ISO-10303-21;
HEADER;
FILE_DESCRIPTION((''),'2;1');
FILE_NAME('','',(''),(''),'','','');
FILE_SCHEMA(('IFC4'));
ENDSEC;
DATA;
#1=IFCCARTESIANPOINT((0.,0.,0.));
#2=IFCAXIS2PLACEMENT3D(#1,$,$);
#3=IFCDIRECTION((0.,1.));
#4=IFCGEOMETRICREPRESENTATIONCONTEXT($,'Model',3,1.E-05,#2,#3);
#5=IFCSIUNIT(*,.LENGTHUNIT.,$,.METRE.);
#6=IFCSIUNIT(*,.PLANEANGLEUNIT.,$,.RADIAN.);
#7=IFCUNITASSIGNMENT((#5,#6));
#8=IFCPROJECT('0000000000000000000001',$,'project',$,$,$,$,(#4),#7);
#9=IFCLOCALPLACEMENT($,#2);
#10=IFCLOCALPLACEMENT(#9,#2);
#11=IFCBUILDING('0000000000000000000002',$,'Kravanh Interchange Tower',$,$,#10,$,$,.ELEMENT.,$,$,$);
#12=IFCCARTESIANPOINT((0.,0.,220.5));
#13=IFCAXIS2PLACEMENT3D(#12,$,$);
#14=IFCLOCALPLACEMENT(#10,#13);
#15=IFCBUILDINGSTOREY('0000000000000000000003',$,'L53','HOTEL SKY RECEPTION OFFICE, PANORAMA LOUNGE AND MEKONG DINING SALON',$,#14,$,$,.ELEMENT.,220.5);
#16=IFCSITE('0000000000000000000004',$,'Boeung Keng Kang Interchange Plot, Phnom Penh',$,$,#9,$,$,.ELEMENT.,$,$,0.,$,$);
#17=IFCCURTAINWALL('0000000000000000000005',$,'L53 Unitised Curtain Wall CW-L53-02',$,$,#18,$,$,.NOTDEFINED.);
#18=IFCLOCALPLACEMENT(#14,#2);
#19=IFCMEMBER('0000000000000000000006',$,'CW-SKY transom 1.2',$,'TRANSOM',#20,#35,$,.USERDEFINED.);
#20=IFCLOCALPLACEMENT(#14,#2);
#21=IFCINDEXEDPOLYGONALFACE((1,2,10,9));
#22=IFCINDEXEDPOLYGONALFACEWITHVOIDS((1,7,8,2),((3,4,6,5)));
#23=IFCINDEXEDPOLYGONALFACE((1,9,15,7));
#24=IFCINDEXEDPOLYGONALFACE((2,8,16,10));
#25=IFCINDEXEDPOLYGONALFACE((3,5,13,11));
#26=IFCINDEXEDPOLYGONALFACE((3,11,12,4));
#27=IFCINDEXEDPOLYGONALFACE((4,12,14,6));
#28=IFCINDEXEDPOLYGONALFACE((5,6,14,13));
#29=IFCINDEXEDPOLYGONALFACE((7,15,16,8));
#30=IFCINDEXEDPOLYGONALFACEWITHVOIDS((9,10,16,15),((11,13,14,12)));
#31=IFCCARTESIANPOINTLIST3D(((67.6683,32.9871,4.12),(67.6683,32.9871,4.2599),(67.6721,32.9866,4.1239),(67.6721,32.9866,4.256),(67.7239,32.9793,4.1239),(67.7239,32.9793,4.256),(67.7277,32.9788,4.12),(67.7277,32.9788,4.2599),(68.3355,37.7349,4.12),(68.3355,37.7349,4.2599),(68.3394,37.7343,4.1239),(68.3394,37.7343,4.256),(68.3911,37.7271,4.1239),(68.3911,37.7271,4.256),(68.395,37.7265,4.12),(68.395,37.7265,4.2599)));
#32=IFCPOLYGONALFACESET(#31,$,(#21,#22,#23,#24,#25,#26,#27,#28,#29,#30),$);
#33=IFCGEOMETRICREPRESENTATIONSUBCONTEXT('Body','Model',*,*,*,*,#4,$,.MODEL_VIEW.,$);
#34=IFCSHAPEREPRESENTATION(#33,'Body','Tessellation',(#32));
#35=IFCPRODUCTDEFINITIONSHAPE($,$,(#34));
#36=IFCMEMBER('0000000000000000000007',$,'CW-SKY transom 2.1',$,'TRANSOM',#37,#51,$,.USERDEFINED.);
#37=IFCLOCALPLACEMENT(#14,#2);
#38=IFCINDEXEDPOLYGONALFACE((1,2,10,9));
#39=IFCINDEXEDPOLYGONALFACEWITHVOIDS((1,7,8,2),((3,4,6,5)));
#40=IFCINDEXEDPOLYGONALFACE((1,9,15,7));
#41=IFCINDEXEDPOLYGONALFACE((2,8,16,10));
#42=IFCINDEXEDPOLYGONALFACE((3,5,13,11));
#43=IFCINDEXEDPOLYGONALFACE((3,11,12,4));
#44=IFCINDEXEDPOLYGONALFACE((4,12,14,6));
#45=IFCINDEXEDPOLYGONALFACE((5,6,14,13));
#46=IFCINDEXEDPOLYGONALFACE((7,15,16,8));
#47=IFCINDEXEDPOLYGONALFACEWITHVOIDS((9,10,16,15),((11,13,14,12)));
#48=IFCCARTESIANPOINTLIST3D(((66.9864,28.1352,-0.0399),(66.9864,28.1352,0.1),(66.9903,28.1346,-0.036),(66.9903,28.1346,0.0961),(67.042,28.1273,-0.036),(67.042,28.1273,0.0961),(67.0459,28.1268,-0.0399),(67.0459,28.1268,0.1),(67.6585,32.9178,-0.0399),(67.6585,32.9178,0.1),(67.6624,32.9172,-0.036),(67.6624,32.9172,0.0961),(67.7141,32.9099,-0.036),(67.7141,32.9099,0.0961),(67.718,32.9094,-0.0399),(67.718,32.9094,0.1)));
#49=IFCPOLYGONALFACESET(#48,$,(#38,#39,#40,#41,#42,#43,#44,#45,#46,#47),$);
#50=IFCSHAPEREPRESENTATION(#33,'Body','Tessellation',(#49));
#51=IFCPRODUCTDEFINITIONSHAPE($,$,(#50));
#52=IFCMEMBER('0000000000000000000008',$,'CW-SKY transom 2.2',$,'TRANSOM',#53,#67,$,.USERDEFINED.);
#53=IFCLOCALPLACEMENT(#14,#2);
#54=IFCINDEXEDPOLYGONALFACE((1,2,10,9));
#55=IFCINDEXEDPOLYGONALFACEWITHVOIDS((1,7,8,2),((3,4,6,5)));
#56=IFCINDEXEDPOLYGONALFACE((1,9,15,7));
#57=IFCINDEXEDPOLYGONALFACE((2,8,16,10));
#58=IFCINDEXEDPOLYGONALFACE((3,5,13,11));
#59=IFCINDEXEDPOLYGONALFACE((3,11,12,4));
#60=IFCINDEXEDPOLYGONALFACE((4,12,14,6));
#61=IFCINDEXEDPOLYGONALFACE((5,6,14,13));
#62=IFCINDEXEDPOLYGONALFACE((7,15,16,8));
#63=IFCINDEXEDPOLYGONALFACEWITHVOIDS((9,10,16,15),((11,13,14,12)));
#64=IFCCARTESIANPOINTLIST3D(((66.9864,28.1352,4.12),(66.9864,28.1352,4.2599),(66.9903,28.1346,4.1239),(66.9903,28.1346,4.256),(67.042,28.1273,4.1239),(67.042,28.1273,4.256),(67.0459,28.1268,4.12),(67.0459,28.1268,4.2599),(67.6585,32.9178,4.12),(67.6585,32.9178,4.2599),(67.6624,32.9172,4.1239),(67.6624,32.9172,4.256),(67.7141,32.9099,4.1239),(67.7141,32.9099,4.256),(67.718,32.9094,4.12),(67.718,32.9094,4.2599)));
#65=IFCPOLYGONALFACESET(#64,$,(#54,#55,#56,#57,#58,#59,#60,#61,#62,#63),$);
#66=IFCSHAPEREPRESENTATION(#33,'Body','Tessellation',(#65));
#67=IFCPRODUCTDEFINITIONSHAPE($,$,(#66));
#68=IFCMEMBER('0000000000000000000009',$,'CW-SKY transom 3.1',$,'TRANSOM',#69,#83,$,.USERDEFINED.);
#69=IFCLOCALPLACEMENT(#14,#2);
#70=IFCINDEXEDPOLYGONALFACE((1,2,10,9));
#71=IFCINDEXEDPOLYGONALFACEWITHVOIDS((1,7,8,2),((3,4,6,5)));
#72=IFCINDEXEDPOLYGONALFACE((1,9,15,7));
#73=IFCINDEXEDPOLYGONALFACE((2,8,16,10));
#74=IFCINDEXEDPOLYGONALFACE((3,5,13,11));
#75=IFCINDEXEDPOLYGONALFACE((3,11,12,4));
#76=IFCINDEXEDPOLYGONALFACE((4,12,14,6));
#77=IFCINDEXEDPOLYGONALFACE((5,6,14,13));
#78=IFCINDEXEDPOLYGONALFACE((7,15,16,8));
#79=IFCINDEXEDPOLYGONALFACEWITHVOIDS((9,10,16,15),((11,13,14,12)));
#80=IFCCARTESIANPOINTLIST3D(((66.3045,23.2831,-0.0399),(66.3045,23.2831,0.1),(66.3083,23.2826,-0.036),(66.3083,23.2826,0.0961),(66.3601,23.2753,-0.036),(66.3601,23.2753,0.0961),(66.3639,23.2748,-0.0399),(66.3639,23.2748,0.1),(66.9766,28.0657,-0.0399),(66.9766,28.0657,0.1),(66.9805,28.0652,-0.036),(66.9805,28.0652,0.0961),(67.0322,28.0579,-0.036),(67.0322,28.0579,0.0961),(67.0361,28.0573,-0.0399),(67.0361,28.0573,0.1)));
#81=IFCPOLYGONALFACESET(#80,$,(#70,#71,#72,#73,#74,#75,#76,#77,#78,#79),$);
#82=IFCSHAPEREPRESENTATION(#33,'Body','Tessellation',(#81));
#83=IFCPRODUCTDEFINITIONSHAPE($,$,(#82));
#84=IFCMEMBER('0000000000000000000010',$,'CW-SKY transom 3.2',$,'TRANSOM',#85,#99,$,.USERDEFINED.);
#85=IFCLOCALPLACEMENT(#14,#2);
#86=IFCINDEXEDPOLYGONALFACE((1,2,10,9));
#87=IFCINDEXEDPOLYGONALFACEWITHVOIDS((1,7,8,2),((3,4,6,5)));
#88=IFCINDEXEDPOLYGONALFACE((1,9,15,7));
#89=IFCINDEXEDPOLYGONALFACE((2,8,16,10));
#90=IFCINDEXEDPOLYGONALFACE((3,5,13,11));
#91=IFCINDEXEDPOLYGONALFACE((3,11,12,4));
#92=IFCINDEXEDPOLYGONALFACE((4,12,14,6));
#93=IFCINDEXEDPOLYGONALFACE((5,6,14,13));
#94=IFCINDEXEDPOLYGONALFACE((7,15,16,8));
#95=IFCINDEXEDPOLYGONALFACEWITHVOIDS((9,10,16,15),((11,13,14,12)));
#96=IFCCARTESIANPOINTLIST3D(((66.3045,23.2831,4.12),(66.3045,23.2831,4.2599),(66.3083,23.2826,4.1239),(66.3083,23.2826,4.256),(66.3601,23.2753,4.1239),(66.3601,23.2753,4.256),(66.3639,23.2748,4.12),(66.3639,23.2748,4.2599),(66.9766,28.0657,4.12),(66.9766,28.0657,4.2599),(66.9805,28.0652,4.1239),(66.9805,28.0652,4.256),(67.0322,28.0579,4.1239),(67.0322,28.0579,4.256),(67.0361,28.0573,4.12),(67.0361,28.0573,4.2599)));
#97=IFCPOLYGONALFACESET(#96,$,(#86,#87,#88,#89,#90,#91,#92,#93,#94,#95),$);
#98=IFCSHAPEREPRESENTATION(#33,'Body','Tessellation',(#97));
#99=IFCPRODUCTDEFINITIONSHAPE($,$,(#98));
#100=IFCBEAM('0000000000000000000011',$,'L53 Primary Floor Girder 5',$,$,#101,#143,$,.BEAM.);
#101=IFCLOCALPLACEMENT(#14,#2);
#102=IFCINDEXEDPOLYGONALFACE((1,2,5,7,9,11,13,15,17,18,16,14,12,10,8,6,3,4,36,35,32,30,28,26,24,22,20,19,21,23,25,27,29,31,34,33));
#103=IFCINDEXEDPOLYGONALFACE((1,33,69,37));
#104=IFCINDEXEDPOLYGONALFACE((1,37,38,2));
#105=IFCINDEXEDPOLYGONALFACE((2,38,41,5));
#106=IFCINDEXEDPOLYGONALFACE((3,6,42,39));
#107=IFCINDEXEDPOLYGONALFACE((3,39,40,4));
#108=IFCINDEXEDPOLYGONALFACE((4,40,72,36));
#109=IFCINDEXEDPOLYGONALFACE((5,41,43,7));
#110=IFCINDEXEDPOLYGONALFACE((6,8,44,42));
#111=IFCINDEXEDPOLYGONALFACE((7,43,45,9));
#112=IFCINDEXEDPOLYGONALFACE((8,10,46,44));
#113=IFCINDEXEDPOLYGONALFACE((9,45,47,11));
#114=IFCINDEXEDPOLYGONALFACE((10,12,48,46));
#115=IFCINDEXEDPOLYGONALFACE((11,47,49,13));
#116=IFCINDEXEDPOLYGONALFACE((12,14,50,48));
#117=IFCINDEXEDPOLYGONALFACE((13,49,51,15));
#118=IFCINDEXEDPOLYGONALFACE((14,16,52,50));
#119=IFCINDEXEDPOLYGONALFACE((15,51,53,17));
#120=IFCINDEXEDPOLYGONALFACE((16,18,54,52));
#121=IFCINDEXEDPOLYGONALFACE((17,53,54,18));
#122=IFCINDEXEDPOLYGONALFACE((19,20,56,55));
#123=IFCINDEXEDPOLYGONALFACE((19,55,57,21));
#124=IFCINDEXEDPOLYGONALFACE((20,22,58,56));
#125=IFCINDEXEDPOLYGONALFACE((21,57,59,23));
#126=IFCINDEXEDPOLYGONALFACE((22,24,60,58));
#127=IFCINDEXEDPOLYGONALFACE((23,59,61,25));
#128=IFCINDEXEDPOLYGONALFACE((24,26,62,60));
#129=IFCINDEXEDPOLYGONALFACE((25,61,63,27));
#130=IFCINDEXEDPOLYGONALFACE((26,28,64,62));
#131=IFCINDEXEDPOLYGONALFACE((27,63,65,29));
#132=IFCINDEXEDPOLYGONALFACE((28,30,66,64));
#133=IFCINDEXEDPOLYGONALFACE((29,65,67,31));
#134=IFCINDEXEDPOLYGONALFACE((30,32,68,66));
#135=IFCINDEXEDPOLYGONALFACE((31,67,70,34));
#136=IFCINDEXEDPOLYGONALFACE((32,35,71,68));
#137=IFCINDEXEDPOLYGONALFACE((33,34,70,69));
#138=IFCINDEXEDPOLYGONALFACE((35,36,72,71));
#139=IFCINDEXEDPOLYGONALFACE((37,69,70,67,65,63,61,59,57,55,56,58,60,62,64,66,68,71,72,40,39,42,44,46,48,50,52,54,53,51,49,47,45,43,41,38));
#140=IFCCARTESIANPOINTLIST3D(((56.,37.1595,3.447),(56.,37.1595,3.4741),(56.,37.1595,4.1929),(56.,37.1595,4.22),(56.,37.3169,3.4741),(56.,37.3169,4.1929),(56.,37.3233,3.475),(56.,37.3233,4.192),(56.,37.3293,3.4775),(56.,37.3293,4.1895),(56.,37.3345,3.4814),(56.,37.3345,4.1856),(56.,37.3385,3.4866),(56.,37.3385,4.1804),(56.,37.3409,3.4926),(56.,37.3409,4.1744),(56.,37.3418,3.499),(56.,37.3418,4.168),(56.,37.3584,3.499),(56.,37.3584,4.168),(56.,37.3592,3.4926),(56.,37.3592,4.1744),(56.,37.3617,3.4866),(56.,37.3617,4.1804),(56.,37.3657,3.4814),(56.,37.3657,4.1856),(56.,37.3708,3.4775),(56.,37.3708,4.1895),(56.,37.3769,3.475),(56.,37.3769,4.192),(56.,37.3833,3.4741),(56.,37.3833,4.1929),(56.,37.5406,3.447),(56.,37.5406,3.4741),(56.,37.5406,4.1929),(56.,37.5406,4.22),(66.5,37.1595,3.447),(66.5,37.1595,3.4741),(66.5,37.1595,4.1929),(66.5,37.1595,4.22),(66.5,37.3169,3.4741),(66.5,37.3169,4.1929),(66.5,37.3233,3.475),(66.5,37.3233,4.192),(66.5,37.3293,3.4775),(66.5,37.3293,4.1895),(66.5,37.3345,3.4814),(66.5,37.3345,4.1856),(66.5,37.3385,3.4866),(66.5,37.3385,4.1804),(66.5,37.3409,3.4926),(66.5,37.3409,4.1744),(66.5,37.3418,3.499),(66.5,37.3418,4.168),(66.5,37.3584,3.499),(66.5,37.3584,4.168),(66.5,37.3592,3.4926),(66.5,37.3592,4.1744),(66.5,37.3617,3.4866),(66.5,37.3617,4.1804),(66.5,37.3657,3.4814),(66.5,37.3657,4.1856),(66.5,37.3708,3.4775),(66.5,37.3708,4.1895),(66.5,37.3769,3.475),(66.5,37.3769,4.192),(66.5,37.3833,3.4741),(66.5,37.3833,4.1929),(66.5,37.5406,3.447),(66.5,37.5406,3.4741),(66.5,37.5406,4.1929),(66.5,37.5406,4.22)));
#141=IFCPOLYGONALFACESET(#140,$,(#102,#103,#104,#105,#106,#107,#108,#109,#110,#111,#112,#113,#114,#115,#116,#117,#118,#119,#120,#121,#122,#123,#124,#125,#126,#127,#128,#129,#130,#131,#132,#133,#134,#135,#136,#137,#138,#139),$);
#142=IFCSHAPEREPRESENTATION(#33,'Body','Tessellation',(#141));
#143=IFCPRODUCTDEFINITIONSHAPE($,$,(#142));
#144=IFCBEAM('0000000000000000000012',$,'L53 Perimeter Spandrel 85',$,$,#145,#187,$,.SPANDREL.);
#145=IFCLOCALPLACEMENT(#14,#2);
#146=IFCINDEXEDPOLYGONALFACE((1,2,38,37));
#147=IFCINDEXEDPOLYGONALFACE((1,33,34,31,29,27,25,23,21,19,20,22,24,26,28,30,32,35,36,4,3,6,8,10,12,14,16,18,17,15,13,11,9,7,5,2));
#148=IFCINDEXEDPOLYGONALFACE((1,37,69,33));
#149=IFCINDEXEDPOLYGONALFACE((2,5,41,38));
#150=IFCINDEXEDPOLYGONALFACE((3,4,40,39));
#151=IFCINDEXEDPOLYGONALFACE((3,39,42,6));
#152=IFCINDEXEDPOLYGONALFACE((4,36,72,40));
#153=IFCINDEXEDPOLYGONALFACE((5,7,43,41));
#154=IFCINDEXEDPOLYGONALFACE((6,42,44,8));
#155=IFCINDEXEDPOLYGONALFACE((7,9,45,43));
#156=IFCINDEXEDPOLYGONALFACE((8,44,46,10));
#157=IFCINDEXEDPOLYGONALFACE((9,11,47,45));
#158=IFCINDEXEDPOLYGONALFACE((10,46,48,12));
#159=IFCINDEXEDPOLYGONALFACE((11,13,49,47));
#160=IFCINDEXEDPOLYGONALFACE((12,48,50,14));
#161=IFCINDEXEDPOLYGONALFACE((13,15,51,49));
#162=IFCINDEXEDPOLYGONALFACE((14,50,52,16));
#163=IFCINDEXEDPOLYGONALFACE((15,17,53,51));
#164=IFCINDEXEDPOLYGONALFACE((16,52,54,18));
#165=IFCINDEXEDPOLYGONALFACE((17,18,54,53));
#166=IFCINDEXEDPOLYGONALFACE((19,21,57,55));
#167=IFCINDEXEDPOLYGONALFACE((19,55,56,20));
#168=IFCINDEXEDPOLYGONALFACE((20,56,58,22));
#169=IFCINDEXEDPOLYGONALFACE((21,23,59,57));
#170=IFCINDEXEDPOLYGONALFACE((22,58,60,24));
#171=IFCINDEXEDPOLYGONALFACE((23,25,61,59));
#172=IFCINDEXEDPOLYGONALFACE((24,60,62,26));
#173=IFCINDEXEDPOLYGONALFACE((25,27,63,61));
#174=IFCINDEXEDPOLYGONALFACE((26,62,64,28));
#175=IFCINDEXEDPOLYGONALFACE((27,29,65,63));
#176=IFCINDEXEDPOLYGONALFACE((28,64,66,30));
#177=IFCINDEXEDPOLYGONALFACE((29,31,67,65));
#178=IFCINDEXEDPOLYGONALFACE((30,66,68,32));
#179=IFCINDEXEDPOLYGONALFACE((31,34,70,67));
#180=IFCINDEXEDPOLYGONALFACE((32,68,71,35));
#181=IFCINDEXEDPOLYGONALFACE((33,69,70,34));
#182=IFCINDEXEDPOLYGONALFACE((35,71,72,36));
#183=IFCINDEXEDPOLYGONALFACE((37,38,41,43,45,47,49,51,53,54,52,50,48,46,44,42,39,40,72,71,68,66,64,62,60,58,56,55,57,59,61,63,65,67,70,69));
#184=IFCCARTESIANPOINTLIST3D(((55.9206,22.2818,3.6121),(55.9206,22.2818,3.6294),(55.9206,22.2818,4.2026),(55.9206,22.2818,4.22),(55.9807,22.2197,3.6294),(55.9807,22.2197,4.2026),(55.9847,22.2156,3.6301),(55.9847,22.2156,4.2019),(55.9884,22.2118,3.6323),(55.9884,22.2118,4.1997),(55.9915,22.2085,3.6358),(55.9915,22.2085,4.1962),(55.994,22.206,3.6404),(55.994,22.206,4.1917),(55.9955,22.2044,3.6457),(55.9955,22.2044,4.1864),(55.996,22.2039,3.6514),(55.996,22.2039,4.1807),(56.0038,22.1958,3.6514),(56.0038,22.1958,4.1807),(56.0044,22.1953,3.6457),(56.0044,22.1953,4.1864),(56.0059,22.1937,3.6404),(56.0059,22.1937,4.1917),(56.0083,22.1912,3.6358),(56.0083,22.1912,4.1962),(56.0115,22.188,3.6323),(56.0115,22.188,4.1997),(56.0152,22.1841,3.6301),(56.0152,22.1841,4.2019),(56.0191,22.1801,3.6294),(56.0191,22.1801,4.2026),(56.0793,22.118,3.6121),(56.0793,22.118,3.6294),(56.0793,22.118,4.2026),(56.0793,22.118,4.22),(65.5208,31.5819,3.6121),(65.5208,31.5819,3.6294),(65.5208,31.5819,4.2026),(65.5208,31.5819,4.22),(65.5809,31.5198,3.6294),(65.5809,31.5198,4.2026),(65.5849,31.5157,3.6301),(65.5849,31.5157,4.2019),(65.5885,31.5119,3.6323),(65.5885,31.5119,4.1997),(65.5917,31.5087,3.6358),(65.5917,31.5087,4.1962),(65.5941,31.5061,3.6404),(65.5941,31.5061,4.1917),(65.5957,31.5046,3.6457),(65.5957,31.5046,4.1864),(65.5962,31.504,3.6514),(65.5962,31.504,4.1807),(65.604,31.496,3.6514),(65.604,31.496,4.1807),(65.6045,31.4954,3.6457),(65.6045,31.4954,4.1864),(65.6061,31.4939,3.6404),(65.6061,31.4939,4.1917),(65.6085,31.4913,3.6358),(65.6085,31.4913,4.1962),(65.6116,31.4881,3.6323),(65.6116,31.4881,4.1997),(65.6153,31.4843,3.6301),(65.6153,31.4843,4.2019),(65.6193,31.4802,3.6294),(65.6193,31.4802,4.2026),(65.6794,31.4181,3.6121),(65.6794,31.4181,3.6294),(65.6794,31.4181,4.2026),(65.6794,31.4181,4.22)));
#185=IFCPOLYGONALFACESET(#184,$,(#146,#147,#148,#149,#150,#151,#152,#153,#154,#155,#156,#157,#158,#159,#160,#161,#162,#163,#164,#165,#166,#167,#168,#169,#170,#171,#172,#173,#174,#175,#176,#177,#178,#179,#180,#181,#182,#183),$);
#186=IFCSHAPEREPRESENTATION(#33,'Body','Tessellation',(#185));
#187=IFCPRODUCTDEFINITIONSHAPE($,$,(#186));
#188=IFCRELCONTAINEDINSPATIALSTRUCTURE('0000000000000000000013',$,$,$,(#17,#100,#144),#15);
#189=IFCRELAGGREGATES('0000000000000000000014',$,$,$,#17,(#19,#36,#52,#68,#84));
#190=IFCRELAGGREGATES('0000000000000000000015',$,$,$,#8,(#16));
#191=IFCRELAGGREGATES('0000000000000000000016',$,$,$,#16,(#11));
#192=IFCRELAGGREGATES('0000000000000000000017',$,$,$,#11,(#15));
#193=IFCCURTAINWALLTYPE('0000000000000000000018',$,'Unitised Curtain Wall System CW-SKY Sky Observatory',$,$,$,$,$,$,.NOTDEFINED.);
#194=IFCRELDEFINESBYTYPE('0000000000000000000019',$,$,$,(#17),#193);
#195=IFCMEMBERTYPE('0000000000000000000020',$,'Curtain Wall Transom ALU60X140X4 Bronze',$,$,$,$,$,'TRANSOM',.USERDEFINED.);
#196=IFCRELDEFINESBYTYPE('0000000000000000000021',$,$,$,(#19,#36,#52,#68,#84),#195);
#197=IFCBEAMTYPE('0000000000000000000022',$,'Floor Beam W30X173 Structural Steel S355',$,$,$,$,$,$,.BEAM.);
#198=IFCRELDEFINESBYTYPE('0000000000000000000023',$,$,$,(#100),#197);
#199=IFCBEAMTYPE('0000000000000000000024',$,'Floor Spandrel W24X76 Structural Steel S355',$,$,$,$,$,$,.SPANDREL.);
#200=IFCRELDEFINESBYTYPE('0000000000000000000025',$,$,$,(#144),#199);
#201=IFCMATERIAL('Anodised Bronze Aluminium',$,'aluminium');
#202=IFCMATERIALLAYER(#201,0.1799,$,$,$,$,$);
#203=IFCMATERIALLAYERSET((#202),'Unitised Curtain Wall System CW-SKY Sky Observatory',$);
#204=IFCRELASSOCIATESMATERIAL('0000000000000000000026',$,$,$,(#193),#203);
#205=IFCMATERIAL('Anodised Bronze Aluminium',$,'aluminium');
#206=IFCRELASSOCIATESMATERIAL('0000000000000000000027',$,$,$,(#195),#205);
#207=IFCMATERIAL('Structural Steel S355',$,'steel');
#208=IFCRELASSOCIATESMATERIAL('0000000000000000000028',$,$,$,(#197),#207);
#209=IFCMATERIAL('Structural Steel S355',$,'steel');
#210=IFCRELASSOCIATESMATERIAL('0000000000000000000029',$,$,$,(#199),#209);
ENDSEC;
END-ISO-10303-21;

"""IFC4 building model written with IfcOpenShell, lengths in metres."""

from ifc_helpers import new_model, si_unit, direction, frame, origin, origin_2d, place, context, subcontext, project, spatial, hollow_rectangle, i_section, extrude, material, layer, layer_set, material_profile, profile_set, type_object, element, aggregate, save


model = new_model("IFC4")

# Units and contexts
model_context = context("Model", 3, precision=1e-05, world=origin(), true_north=direction((0.0, 1.0)))
body_context = subcontext(model_context, "Body", "Model", "MODEL_VIEW")
ifc_project = project(units=[si_unit("LENGTHUNIT", "METRE"), si_unit("PLANEANGLEUNIT", "RADIAN")], contexts=[model_context])

# Site, building, storey
site_placement = place(None, origin())
site = spatial("IfcSite", under=ifc_project, at=site_placement, Name="Boeung Keng Kang Interchange Plot, Phnom Penh", CompositionType="ELEMENT", RefElevation=0.0)
building_placement = place(site_placement, origin())
building = spatial("IfcBuilding", under=site, at=building_placement, Name="Kravanh Interchange Tower", CompositionType="ELEMENT")
storey_placement = place(building_placement, frame((0.0, 0.0, 220.5)))
storey = spatial("IfcBuildingStorey", under=building, at=storey_placement, Name="L53", Description="HOTEL SKY RECEPTION OFFICE, PANORAMA LOUNGE AND MEKONG DINING SALON", CompositionType="ELEMENT", Elevation=220.5)

# Curtain wall, members
ifc_material_1 = material(Name="Anodised Bronze Aluminium", Category="aluminium")
ifc_layer_1 = layer(ifc_material_1, 0.1799)
ifc_layer_set_1 = layer_set([ifc_layer_1], Name="Unitised Curtain Wall System CW-SKY Sky Observatory")
curtain_wall_type = type_object("IfcCurtainWallType", Name="Unitised Curtain Wall System CW-SKY Sky Observatory", PredefinedType="NOTDEFINED", material=ifc_layer_set_1)
curtain_wall_placement = place(storey_placement, origin())
curtain_wall = element("IfcCurtainWall", 1, at=curtain_wall_placement, inside=storey, type_object=curtain_wall_type, Name="L53 Unitised Curtain Wall CW-L53-02", PredefinedType="NOTDEFINED")
ifc_material_2 = material(Name="Anodised Bronze Aluminium", Category="aluminium")
ifc_material_profile_1 = material_profile(ifc_material_2, hollow_rectangle(XDim=0.0601, YDim=0.1399, WallThickness=0.0039, at=origin_2d()), Name="ALU60X140X4")
ifc_profile_set_1 = profile_set([ifc_material_profile_1], Name="Anodised Bronze Aluminium")
member_type_1 = type_object("IfcMemberType", Name="Curtain Wall Transom ALU60X140X4 Bronze", ElementType="TRANSOM", PredefinedType="USERDEFINED", material=ifc_profile_set_1)
member_1_placement = place(storey_placement, frame((68.3652, 37.7307, 4.1899), z_axis=(-0.139168, -0.990269, 0.0), x_axis=(0.990269, -0.139168, 0.0)))
member_1 = element("IfcMember", 2, at=member_1_placement, type_object=member_type_1, Name="CW-SKY transom 1.2", ObjectType="TRANSOM", PredefinedType="USERDEFINED", context=body_context, shape_type="SweptSolid", body=[
    extrude(hollow_rectangle(XDim=0.0601, YDim=0.1399, WallThickness=0.0039, at=origin_2d()), origin(), (0.0, 0.0, 1.0), 4.7944),
])
member_2_placement = place(storey_placement, frame((67.6882, 32.9136, 0.03), z_axis=(-0.139163, -0.990269, 0.0), x_axis=(0.990269, -0.139163, 0.0)))
member_2 = element("IfcMember", 3, at=member_2_placement, type_object=member_type_1, Name="CW-SKY transom 2.1", ObjectType="TRANSOM", PredefinedType="USERDEFINED", context=body_context, shape_type="SweptSolid", body=[
    extrude(hollow_rectangle(XDim=0.0601, YDim=0.1399, WallThickness=0.0039, at=origin_2d()), origin(), (0.0, 0.0, 1.0), 4.8296),
])
member_3_placement = place(storey_placement, frame((67.6882, 32.9136, 4.1899), z_axis=(-0.139163, -0.990269, 0.0), x_axis=(0.990269, -0.139163, 0.0)))
member_3 = element("IfcMember", 4, at=member_3_placement, type_object=member_type_1, Name="CW-SKY transom 2.2", ObjectType="TRANSOM", PredefinedType="USERDEFINED", context=body_context, shape_type="SweptSolid", body=[
    extrude(hollow_rectangle(XDim=0.0601, YDim=0.1399, WallThickness=0.0039, at=origin_2d()), origin(), (0.0, 0.0, 1.0), 4.8296),
])
member_4_placement = place(storey_placement, frame((67.0063, 28.0615, 0.03), z_axis=(-0.13917, -0.990268, 0.0), x_axis=(0.990268, -0.13917, 0.0)))
member_4 = element("IfcMember", 5, at=member_4_placement, type_object=member_type_1, Name="CW-SKY transom 3.1", ObjectType="TRANSOM", PredefinedType="USERDEFINED", context=body_context, shape_type="SweptSolid", body=[
    extrude(hollow_rectangle(XDim=0.0601, YDim=0.1399, WallThickness=0.0039, at=origin_2d()), origin(), (0.0, 0.0, 1.0), 4.8296),
])
member_5_placement = place(storey_placement, frame((67.0063, 28.0615, 4.1899), z_axis=(-0.13917, -0.990268, 0.0), x_axis=(0.990268, -0.13917, 0.0)))
member_5 = element("IfcMember", 6, at=member_5_placement, type_object=member_type_1, Name="CW-SKY transom 3.2", ObjectType="TRANSOM", PredefinedType="USERDEFINED", context=body_context, shape_type="SweptSolid", body=[
    extrude(hollow_rectangle(XDim=0.0601, YDim=0.1399, WallThickness=0.0039, at=origin_2d()), origin(), (0.0, 0.0, 1.0), 4.8296),
])

# Beams
ifc_material_3 = material(Name="Structural Steel S355", Category="steel")
ifc_material_profile_2 = material_profile(ifc_material_3, i_section(OverallWidth=0.3811, OverallDepth=0.7729, WebThickness=0.0166, FlangeThickness=0.0271, FilletRadius=0.0249, at=origin_2d()), Name="W30X173")
ifc_profile_set_2 = profile_set([ifc_material_profile_2], Name="Structural Steel S355")
beam_type_1 = type_object("IfcBeamType", Name="Floor Beam W30X173 Structural Steel S355", PredefinedType="BEAM", material=ifc_profile_set_2)
beam_1_placement = place(storey_placement, frame((66.5, 37.3501, 3.8335), z_axis=(-1.0, 0.0, 0.0), x_axis=(0.0, -1.0, 0.0)))
element("IfcBeam", 7, at=beam_1_placement, inside=storey, type_object=beam_type_1, Name="L53 Primary Floor Girder 5", PredefinedType="BEAM", context=body_context, shape_type="SweptSolid", body=[
    extrude(i_section(OverallWidth=0.3811, OverallDepth=0.7729, WebThickness=0.0166, FlangeThickness=0.0271, FilletRadius=0.0249, at=origin_2d()), origin(), (0.0, 0.0, 1.0), 10.5),
])
ifc_material_4 = material(Name="Structural Steel S355", Category="steel")
ifc_material_profile_3 = material_profile(ifc_material_4, i_section(OverallWidth=0.228, OverallDepth=0.6079, WebThickness=0.0112, FlangeThickness=0.0173, FilletRadius=0.022, at=origin_2d()), Name="W24X76")
ifc_profile_set_3 = profile_set([ifc_material_profile_3], Name="Structural Steel S355")
beam_type_2 = type_object("IfcBeamType", Name="Floor Spandrel W24X76 Structural Steel S355", PredefinedType="SPANDREL", material=ifc_profile_set_3)
beam_2_placement = place(storey_placement, frame((65.6001, 31.5, 3.916), z_axis=(-0.718242, -0.695793, 0.0), x_axis=(0.695793, -0.718242, 0.0)))
element("IfcBeam", 8, at=beam_2_placement, inside=storey, type_object=beam_type_2, Name="L53 Perimeter Spandrel 85", PredefinedType="SPANDREL", context=body_context, shape_type="SweptSolid", body=[
    extrude(i_section(OverallWidth=0.228, OverallDepth=0.6079, WebThickness=0.0112, FlangeThickness=0.0173, FilletRadius=0.022, at=origin_2d()), origin(), (0.0, 0.0, 1.0), 13.3662),
])

aggregate(curtain_wall, [member_1, member_2, member_3, member_4, member_5])

save(model, "model.ifc")
